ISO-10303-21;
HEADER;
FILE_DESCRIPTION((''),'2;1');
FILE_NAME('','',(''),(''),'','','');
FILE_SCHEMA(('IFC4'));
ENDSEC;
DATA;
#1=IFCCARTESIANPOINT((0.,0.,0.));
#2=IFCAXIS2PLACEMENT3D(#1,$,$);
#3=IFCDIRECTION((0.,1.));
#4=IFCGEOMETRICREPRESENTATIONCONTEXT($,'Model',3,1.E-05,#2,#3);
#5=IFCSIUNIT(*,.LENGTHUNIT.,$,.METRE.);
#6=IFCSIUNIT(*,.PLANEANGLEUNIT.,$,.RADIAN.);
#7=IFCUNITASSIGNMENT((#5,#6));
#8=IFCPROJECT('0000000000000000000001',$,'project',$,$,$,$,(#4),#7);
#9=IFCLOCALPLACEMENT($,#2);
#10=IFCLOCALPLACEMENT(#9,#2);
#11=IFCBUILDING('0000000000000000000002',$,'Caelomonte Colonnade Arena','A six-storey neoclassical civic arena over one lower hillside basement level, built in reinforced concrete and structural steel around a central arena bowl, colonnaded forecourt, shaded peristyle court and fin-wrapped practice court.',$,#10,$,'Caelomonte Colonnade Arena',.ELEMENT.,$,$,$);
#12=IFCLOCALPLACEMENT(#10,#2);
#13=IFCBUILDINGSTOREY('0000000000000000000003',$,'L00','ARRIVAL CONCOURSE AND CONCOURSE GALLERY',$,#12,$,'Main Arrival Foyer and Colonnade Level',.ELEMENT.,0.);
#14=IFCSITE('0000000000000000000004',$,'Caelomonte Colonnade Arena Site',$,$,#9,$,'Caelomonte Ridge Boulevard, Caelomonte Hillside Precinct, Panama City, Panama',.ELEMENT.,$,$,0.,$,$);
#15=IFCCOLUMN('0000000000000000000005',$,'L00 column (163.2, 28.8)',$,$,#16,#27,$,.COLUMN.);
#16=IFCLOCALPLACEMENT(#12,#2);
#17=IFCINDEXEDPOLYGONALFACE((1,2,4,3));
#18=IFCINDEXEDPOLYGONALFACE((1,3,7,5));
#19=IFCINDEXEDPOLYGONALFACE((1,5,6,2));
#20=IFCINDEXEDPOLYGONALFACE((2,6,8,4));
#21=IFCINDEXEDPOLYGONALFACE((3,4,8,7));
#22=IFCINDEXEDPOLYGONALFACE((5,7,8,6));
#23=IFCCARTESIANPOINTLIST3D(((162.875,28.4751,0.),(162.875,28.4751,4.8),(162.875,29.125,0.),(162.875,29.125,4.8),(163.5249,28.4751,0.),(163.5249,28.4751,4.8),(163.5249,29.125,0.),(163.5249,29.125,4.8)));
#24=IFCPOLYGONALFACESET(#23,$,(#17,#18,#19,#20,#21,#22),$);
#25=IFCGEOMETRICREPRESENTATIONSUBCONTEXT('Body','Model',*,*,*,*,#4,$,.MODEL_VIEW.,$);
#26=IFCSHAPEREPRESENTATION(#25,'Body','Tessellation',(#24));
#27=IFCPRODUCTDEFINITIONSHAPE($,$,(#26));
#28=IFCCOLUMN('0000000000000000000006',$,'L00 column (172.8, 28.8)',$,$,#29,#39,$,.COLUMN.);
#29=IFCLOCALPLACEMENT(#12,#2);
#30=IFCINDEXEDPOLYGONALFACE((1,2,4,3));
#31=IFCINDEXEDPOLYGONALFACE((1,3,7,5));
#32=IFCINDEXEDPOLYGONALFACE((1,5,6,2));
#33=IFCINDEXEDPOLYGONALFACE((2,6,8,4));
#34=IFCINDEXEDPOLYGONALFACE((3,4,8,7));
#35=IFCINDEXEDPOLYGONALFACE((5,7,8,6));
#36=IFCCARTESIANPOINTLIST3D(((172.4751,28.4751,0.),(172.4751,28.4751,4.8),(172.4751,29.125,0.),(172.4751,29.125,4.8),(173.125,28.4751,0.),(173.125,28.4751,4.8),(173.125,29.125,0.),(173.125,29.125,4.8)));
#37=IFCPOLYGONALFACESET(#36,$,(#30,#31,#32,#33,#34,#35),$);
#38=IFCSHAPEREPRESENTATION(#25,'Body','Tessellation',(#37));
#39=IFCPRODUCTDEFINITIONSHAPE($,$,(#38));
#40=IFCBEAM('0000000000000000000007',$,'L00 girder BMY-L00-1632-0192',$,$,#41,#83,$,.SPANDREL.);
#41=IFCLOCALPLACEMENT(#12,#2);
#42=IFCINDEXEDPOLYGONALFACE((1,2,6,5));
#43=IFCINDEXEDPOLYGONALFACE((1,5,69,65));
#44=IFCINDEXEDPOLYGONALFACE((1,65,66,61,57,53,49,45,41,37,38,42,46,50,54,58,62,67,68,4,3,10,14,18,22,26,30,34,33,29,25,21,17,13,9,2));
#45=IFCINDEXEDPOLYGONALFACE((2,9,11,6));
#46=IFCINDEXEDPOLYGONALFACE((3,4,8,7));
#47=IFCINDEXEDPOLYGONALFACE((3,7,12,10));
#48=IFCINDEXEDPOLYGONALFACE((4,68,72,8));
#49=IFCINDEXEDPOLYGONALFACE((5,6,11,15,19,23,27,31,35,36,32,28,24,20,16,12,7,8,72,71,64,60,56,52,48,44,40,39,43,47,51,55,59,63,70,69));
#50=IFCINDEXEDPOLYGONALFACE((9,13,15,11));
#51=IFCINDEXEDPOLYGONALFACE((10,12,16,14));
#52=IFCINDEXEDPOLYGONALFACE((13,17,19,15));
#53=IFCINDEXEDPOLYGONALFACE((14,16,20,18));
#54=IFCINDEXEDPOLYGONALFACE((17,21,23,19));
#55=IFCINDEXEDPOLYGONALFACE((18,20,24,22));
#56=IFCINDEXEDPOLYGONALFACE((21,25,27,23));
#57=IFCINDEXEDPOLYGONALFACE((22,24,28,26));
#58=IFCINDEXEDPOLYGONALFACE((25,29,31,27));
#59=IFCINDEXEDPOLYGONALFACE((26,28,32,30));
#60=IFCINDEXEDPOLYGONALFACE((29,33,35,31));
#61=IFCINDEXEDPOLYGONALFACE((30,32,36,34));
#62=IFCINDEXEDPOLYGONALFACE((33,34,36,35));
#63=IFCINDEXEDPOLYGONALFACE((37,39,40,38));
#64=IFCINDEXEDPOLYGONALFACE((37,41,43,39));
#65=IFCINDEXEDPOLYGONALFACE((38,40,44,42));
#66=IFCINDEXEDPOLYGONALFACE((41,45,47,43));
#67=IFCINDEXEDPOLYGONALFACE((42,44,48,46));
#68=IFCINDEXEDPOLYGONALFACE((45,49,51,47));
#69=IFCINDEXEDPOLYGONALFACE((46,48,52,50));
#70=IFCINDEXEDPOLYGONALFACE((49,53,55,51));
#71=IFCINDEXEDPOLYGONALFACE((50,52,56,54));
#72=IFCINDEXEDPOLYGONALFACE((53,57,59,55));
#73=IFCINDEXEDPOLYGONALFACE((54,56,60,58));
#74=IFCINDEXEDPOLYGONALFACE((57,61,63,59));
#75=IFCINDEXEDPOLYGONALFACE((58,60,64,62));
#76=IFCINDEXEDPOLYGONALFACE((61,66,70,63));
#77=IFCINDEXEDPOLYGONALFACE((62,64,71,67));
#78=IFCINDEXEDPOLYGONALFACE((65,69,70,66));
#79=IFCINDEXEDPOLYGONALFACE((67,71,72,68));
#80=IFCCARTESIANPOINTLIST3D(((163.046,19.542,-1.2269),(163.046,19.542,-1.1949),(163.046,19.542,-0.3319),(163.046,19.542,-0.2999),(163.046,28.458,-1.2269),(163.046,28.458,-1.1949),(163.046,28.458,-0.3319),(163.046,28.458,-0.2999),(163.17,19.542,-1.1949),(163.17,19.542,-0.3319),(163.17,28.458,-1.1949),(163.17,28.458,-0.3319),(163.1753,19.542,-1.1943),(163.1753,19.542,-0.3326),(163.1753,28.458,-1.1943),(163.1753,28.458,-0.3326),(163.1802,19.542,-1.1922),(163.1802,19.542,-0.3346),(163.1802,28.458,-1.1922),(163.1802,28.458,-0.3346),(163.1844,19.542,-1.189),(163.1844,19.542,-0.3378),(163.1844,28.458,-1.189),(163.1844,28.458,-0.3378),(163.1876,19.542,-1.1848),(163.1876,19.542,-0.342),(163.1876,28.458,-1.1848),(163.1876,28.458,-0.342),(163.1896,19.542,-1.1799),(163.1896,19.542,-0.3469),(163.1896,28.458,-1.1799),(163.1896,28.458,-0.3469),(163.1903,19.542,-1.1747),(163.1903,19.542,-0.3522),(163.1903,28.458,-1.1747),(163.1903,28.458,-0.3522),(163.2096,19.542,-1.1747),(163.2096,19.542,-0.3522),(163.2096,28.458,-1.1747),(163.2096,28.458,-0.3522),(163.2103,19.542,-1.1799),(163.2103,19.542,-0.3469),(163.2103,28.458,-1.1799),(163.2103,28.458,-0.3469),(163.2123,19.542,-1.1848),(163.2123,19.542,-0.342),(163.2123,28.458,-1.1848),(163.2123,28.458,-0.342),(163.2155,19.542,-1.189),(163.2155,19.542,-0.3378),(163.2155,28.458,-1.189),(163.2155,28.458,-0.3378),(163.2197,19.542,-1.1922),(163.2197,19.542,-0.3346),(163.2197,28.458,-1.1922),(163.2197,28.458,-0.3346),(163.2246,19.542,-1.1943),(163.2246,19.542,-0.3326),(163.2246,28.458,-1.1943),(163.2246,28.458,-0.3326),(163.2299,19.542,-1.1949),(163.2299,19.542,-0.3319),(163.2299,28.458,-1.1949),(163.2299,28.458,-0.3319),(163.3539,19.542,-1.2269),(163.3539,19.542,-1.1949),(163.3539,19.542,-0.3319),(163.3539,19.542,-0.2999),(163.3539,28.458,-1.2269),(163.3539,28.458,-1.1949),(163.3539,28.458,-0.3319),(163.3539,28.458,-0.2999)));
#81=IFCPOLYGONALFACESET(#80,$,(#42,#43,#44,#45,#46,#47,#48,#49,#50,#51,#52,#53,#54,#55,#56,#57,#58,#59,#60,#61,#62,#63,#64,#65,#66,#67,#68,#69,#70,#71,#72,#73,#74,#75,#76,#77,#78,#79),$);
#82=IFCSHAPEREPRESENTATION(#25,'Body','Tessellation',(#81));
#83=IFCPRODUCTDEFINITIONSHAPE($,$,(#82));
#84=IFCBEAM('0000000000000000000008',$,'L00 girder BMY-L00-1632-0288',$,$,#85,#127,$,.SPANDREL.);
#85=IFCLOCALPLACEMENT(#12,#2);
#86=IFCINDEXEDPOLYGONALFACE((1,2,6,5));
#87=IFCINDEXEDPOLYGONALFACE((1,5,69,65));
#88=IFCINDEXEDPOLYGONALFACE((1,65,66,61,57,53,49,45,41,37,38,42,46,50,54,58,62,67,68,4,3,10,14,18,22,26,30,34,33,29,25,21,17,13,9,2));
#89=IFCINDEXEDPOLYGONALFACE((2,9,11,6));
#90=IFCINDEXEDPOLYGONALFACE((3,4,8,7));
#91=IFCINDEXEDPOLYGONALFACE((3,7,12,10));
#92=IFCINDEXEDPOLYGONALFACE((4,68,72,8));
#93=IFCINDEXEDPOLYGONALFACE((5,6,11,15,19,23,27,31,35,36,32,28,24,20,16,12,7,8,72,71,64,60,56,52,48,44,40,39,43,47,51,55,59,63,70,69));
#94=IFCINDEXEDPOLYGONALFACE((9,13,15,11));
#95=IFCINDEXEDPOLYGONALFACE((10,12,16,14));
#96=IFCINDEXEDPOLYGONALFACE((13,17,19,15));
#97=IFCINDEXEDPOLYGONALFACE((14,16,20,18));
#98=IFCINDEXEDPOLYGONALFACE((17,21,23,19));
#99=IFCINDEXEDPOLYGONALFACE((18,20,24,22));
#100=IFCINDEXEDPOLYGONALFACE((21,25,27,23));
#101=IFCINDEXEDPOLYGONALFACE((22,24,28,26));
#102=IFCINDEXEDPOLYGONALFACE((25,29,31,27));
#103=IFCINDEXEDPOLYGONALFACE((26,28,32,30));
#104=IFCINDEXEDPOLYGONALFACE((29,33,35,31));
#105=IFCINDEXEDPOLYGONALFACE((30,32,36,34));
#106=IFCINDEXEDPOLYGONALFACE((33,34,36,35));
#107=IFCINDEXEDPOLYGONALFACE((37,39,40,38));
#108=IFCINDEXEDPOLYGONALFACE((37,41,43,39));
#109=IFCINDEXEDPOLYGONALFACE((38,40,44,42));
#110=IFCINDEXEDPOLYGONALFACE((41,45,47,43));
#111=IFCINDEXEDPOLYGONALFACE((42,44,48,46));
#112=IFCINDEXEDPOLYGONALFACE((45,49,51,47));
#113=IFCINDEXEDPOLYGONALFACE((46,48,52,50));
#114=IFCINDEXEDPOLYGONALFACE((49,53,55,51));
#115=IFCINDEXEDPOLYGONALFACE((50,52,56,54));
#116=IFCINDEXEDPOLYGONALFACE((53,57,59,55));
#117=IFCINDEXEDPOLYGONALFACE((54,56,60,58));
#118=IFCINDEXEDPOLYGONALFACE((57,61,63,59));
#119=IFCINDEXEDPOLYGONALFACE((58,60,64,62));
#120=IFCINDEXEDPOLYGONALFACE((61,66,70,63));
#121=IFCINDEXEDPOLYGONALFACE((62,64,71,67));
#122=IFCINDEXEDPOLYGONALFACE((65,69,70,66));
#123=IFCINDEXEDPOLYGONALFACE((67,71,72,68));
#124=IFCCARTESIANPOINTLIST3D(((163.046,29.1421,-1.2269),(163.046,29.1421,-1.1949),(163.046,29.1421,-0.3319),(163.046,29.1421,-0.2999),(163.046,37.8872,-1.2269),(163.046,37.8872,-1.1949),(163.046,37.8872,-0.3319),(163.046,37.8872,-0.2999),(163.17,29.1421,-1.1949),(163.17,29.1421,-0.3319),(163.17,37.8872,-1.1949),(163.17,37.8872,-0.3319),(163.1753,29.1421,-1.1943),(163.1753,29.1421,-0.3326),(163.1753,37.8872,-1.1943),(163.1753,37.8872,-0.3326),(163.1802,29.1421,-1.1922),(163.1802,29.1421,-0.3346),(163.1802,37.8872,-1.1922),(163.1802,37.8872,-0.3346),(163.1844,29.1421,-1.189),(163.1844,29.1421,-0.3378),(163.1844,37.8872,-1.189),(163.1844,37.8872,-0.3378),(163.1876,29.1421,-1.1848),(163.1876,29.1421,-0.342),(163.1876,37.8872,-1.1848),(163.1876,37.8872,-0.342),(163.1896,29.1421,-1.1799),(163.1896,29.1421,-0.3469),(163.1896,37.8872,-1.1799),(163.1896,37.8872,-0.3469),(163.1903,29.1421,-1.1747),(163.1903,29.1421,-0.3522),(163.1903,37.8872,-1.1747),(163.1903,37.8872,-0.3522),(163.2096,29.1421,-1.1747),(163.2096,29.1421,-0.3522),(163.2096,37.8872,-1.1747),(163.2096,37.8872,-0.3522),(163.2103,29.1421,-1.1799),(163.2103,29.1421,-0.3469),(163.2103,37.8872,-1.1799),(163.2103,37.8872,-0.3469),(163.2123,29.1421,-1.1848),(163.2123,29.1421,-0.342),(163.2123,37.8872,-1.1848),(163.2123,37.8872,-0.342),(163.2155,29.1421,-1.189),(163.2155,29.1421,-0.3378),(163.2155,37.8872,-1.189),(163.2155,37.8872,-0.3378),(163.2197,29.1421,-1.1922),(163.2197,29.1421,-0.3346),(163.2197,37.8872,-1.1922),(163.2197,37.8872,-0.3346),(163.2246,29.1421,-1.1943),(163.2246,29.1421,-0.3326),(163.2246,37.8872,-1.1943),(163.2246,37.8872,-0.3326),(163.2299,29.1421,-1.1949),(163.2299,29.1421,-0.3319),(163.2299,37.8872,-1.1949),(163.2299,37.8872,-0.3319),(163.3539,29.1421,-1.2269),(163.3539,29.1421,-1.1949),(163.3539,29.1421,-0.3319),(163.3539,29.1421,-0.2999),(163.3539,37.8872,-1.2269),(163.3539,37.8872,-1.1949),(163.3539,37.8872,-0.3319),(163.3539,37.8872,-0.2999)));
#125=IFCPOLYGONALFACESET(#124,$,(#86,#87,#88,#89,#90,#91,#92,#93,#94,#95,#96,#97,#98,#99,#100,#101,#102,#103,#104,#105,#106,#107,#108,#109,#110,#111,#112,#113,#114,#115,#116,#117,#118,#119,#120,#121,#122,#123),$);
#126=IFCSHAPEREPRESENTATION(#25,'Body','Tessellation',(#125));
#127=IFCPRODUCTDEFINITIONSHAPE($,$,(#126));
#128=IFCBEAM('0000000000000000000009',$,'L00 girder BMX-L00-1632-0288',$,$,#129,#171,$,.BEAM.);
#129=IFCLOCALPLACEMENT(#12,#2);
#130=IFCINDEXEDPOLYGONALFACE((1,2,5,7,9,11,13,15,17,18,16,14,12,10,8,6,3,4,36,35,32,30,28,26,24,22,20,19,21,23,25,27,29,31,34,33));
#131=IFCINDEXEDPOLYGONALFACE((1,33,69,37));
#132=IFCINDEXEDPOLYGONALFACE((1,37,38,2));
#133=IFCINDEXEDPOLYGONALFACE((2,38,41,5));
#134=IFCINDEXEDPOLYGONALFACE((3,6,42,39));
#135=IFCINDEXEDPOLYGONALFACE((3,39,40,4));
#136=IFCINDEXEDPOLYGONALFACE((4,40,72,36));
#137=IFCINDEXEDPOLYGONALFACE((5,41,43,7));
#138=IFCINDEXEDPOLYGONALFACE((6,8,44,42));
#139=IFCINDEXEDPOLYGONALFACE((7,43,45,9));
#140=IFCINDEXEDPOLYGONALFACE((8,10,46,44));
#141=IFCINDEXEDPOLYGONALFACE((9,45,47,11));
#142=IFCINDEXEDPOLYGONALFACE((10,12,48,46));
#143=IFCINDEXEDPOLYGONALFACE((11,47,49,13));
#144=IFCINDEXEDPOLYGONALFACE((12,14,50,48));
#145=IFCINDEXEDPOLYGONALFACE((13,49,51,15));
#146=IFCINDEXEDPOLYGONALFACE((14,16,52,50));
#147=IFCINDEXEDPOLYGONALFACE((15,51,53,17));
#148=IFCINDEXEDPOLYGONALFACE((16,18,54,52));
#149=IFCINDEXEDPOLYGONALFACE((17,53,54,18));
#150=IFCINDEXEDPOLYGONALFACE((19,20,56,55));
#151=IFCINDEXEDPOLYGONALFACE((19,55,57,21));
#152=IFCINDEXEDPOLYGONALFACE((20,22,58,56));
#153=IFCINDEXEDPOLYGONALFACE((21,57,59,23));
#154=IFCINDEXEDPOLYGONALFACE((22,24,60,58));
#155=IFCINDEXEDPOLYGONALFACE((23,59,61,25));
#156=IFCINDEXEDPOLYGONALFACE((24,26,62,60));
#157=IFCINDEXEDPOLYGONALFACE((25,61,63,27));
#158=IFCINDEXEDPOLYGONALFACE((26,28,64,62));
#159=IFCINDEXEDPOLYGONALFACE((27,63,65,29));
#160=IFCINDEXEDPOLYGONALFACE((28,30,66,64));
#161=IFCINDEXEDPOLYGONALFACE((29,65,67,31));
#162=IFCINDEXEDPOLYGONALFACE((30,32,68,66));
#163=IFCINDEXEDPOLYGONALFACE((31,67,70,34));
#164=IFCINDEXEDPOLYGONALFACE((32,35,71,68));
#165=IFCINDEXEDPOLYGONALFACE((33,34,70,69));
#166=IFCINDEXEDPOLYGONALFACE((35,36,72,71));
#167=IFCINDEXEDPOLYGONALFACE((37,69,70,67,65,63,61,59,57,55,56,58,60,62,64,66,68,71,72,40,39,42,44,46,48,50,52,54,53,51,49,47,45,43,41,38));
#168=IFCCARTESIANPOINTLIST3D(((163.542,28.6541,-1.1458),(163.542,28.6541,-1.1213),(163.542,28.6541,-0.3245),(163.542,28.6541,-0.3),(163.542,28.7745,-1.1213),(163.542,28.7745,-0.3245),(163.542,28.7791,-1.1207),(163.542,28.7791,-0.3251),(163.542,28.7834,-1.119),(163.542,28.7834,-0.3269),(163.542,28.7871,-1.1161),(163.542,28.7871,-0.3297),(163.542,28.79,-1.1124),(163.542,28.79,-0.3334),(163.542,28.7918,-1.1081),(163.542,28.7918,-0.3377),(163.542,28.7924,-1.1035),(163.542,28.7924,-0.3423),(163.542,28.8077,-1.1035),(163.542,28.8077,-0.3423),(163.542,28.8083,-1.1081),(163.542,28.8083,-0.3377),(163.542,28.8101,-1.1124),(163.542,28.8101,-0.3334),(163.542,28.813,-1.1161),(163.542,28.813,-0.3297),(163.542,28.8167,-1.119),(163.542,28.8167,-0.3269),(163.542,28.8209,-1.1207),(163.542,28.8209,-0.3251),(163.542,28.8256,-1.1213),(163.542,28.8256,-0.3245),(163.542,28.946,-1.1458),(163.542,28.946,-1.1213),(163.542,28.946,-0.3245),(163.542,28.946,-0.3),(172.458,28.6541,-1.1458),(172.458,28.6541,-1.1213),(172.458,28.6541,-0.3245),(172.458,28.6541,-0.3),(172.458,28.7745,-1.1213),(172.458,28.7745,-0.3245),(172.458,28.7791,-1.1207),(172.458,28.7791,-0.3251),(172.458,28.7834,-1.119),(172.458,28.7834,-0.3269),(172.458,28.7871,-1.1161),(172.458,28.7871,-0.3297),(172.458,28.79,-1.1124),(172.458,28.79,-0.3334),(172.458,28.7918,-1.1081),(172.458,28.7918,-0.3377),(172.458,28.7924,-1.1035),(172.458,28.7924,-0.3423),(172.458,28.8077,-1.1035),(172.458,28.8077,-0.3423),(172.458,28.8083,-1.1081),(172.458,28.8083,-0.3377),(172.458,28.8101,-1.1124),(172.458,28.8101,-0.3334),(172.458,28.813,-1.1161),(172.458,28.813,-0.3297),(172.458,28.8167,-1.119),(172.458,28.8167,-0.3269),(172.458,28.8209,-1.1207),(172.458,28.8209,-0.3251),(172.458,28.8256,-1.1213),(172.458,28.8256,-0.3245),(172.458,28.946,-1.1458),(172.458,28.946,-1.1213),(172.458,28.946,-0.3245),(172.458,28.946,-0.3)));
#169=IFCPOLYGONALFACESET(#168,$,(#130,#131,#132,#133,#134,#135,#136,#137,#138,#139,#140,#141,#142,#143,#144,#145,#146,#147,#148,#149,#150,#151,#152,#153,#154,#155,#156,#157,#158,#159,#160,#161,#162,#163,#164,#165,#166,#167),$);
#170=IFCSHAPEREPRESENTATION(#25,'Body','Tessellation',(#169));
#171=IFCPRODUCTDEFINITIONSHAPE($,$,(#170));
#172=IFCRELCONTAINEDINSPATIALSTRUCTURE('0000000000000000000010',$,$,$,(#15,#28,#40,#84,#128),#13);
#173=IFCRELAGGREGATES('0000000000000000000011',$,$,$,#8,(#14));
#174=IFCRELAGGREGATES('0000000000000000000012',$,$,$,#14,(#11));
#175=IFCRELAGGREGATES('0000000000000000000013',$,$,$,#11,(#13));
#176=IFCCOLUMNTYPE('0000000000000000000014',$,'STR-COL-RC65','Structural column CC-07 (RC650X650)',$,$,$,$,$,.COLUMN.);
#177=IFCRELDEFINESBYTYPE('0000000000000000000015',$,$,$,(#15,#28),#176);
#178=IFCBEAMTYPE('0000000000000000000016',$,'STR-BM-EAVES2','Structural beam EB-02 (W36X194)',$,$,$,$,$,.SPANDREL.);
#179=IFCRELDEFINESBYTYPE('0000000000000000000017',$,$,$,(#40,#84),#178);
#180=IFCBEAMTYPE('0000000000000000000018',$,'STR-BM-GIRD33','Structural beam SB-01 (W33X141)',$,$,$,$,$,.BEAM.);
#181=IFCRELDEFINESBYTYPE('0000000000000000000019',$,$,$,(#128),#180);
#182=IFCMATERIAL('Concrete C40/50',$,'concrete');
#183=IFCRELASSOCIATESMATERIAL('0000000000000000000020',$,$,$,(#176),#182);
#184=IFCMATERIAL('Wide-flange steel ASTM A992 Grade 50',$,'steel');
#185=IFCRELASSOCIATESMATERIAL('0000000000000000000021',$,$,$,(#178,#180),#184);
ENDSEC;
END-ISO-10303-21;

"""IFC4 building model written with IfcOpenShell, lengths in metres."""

from ifc_helpers import new_model, si_unit, direction, frame, origin, origin_2d, place, context, subcontext, project, spatial, rectangle, i_section, extrude, material, material_profile, profile_set, type_object, element, save


model = new_model("IFC4")

# Units and contexts
model_context = context("Model", 3, precision=1e-05, world=origin(), true_north=direction((0.0, 1.0)))
body_context = subcontext(model_context, "Body", "Model", "MODEL_VIEW")
ifc_project = project(units=[si_unit("LENGTHUNIT", "METRE"), si_unit("PLANEANGLEUNIT", "RADIAN")], contexts=[model_context])

# Site, building, storey
site_placement = place(None, origin())
site = spatial("IfcSite", under=ifc_project, at=site_placement, Name="Caelomonte Colonnade Arena Site", LongName="Caelomonte Ridge Boulevard, Caelomonte Hillside Precinct, Panama City, Panama", CompositionType="ELEMENT", RefElevation=0.0)
building_placement = place(site_placement, origin())
building = spatial("IfcBuilding", under=site, at=building_placement, Name="Caelomonte Colonnade Arena", Description="A six-storey neoclassical civic arena over one lower hillside basement level, built in reinforced concrete and structural steel around a central arena bowl, colonnaded forecourt, shaded peristyle court and fin-wrapped practice court.", LongName="Caelomonte Colonnade Arena", CompositionType="ELEMENT")
storey_placement = place(building_placement, origin())
storey = spatial("IfcBuildingStorey", under=building, at=storey_placement, Name="L00", Description="ARRIVAL CONCOURSE AND CONCOURSE GALLERY", LongName="Main Arrival Foyer and Colonnade Level", CompositionType="ELEMENT", Elevation=0.0)

# Columns
ifc_material_1 = material(Name="Concrete C40/50", Category="concrete")
ifc_material_profile_1 = material_profile(ifc_material_1, rectangle(XDim=0.6499, YDim=0.6499, at=origin_2d()), Name="RC650X650")
ifc_profile_set_1 = profile_set([ifc_material_profile_1], Name="Concrete C40/50")
column_type = type_object("IfcColumnType", Name="STR-COL-RC65", Description="Structural column CC-07 (RC650X650)", PredefinedType="COLUMN", material=ifc_profile_set_1)
for number, where, z_axis, x_axis, name in (
    (1, (163.2, 28.8, 0.0), (0.0, 0.0, 1.0), (1.0, 0.0, 0.0), "L00 column (163.2, 28.8)"),
    (2, (172.8, 28.8, 0.0), (0.0, 0.0, 1.0), (1.0, 0.0, 0.0), "L00 column (172.8, 28.8)"),
):
    element("IfcColumn", number, at=place(storey_placement, frame(where, z_axis=z_axis, x_axis=x_axis)), inside=storey, type_object=column_type, Name=name, PredefinedType="COLUMN", context=body_context, shape_type="SweptSolid", body=[
        extrude(rectangle(XDim=0.6499, YDim=0.6499, at=origin_2d()), origin(), (0.0, 0.0, 1.0), 4.8),
    ])

# Beams
ifc_material_2 = material(Name="Wide-flange steel ASTM A992 Grade 50", Category="steel")
ifc_material_profile_2 = material_profile(ifc_material_2, i_section(OverallWidth=0.3079, OverallDepth=0.927, WebThickness=0.0193, FlangeThickness=0.032, FilletRadius=0.0203, at=origin_2d()), Name="W36X194")
ifc_profile_set_2 = profile_set([ifc_material_profile_2], Name="Wide-flange steel ASTM A992 Grade 50")
beam_type_1 = type_object("IfcBeamType", Name="STR-BM-EAVES2", Description="Structural beam EB-02 (W36X194)", PredefinedType="SPANDREL", material=ifc_profile_set_2)
beam_1_placement = place(storey_placement, frame((163.2, 19.542, -0.7634), z_axis=(0.0, 1.0, 0.0), x_axis=(-1.0, 0.0, 0.0)))
element("IfcBeam", 3, at=beam_1_placement, inside=storey, type_object=beam_type_1, Name="L00 girder BMY-L00-1632-0192", PredefinedType="SPANDREL", context=body_context, shape_type="SweptSolid", body=[
    extrude(i_section(OverallWidth=0.3079, OverallDepth=0.927, WebThickness=0.0193, FlangeThickness=0.032, FilletRadius=0.0203, at=origin_2d()), origin(), (0.0, 0.0, 1.0), 8.916),
])
beam_2_placement = place(storey_placement, frame((163.2, 29.1421, -0.7634), z_axis=(0.0, 1.0, 0.0), x_axis=(-1.0, 0.0, 0.0)))
element("IfcBeam", 4, at=beam_2_placement, inside=storey, type_object=beam_type_1, Name="L00 girder BMY-L00-1632-0288", PredefinedType="SPANDREL", context=body_context, shape_type="SweptSolid", body=[
    extrude(i_section(OverallWidth=0.3079, OverallDepth=0.927, WebThickness=0.0193, FlangeThickness=0.032, FilletRadius=0.0203, at=origin_2d()), origin(), (0.0, 0.0, 1.0), 8.7451),
])
ifc_material_profile_3 = material_profile(ifc_material_2, i_section(OverallWidth=0.292, OverallDepth=0.8457, WebThickness=0.0154, FlangeThickness=0.0244, FilletRadius=0.0178, at=origin_2d()), Name="W33X141")
ifc_profile_set_3 = profile_set([ifc_material_profile_3], Name="Wide-flange steel ASTM A992 Grade 50")
beam_type_2 = type_object("IfcBeamType", Name="STR-BM-GIRD33", Description="Structural beam SB-01 (W33X141)", PredefinedType="BEAM", material=ifc_profile_set_3)
beam_3_placement = place(storey_placement, frame((163.542, 28.8, -0.7229), z_axis=(1.0, 0.0, 0.0), x_axis=(0.0, 1.0, 0.0)))
element("IfcBeam", 5, at=beam_3_placement, inside=storey, type_object=beam_type_2, Name="L00 girder BMX-L00-1632-0288", PredefinedType="BEAM", context=body_context, shape_type="SweptSolid", body=[
    extrude(i_section(OverallWidth=0.292, OverallDepth=0.8457, WebThickness=0.0154, FlangeThickness=0.0244, FilletRadius=0.0178, at=origin_2d()), origin(), (0.0, 0.0, 1.0), 8.916),
])

save(model, "model.ifc")
